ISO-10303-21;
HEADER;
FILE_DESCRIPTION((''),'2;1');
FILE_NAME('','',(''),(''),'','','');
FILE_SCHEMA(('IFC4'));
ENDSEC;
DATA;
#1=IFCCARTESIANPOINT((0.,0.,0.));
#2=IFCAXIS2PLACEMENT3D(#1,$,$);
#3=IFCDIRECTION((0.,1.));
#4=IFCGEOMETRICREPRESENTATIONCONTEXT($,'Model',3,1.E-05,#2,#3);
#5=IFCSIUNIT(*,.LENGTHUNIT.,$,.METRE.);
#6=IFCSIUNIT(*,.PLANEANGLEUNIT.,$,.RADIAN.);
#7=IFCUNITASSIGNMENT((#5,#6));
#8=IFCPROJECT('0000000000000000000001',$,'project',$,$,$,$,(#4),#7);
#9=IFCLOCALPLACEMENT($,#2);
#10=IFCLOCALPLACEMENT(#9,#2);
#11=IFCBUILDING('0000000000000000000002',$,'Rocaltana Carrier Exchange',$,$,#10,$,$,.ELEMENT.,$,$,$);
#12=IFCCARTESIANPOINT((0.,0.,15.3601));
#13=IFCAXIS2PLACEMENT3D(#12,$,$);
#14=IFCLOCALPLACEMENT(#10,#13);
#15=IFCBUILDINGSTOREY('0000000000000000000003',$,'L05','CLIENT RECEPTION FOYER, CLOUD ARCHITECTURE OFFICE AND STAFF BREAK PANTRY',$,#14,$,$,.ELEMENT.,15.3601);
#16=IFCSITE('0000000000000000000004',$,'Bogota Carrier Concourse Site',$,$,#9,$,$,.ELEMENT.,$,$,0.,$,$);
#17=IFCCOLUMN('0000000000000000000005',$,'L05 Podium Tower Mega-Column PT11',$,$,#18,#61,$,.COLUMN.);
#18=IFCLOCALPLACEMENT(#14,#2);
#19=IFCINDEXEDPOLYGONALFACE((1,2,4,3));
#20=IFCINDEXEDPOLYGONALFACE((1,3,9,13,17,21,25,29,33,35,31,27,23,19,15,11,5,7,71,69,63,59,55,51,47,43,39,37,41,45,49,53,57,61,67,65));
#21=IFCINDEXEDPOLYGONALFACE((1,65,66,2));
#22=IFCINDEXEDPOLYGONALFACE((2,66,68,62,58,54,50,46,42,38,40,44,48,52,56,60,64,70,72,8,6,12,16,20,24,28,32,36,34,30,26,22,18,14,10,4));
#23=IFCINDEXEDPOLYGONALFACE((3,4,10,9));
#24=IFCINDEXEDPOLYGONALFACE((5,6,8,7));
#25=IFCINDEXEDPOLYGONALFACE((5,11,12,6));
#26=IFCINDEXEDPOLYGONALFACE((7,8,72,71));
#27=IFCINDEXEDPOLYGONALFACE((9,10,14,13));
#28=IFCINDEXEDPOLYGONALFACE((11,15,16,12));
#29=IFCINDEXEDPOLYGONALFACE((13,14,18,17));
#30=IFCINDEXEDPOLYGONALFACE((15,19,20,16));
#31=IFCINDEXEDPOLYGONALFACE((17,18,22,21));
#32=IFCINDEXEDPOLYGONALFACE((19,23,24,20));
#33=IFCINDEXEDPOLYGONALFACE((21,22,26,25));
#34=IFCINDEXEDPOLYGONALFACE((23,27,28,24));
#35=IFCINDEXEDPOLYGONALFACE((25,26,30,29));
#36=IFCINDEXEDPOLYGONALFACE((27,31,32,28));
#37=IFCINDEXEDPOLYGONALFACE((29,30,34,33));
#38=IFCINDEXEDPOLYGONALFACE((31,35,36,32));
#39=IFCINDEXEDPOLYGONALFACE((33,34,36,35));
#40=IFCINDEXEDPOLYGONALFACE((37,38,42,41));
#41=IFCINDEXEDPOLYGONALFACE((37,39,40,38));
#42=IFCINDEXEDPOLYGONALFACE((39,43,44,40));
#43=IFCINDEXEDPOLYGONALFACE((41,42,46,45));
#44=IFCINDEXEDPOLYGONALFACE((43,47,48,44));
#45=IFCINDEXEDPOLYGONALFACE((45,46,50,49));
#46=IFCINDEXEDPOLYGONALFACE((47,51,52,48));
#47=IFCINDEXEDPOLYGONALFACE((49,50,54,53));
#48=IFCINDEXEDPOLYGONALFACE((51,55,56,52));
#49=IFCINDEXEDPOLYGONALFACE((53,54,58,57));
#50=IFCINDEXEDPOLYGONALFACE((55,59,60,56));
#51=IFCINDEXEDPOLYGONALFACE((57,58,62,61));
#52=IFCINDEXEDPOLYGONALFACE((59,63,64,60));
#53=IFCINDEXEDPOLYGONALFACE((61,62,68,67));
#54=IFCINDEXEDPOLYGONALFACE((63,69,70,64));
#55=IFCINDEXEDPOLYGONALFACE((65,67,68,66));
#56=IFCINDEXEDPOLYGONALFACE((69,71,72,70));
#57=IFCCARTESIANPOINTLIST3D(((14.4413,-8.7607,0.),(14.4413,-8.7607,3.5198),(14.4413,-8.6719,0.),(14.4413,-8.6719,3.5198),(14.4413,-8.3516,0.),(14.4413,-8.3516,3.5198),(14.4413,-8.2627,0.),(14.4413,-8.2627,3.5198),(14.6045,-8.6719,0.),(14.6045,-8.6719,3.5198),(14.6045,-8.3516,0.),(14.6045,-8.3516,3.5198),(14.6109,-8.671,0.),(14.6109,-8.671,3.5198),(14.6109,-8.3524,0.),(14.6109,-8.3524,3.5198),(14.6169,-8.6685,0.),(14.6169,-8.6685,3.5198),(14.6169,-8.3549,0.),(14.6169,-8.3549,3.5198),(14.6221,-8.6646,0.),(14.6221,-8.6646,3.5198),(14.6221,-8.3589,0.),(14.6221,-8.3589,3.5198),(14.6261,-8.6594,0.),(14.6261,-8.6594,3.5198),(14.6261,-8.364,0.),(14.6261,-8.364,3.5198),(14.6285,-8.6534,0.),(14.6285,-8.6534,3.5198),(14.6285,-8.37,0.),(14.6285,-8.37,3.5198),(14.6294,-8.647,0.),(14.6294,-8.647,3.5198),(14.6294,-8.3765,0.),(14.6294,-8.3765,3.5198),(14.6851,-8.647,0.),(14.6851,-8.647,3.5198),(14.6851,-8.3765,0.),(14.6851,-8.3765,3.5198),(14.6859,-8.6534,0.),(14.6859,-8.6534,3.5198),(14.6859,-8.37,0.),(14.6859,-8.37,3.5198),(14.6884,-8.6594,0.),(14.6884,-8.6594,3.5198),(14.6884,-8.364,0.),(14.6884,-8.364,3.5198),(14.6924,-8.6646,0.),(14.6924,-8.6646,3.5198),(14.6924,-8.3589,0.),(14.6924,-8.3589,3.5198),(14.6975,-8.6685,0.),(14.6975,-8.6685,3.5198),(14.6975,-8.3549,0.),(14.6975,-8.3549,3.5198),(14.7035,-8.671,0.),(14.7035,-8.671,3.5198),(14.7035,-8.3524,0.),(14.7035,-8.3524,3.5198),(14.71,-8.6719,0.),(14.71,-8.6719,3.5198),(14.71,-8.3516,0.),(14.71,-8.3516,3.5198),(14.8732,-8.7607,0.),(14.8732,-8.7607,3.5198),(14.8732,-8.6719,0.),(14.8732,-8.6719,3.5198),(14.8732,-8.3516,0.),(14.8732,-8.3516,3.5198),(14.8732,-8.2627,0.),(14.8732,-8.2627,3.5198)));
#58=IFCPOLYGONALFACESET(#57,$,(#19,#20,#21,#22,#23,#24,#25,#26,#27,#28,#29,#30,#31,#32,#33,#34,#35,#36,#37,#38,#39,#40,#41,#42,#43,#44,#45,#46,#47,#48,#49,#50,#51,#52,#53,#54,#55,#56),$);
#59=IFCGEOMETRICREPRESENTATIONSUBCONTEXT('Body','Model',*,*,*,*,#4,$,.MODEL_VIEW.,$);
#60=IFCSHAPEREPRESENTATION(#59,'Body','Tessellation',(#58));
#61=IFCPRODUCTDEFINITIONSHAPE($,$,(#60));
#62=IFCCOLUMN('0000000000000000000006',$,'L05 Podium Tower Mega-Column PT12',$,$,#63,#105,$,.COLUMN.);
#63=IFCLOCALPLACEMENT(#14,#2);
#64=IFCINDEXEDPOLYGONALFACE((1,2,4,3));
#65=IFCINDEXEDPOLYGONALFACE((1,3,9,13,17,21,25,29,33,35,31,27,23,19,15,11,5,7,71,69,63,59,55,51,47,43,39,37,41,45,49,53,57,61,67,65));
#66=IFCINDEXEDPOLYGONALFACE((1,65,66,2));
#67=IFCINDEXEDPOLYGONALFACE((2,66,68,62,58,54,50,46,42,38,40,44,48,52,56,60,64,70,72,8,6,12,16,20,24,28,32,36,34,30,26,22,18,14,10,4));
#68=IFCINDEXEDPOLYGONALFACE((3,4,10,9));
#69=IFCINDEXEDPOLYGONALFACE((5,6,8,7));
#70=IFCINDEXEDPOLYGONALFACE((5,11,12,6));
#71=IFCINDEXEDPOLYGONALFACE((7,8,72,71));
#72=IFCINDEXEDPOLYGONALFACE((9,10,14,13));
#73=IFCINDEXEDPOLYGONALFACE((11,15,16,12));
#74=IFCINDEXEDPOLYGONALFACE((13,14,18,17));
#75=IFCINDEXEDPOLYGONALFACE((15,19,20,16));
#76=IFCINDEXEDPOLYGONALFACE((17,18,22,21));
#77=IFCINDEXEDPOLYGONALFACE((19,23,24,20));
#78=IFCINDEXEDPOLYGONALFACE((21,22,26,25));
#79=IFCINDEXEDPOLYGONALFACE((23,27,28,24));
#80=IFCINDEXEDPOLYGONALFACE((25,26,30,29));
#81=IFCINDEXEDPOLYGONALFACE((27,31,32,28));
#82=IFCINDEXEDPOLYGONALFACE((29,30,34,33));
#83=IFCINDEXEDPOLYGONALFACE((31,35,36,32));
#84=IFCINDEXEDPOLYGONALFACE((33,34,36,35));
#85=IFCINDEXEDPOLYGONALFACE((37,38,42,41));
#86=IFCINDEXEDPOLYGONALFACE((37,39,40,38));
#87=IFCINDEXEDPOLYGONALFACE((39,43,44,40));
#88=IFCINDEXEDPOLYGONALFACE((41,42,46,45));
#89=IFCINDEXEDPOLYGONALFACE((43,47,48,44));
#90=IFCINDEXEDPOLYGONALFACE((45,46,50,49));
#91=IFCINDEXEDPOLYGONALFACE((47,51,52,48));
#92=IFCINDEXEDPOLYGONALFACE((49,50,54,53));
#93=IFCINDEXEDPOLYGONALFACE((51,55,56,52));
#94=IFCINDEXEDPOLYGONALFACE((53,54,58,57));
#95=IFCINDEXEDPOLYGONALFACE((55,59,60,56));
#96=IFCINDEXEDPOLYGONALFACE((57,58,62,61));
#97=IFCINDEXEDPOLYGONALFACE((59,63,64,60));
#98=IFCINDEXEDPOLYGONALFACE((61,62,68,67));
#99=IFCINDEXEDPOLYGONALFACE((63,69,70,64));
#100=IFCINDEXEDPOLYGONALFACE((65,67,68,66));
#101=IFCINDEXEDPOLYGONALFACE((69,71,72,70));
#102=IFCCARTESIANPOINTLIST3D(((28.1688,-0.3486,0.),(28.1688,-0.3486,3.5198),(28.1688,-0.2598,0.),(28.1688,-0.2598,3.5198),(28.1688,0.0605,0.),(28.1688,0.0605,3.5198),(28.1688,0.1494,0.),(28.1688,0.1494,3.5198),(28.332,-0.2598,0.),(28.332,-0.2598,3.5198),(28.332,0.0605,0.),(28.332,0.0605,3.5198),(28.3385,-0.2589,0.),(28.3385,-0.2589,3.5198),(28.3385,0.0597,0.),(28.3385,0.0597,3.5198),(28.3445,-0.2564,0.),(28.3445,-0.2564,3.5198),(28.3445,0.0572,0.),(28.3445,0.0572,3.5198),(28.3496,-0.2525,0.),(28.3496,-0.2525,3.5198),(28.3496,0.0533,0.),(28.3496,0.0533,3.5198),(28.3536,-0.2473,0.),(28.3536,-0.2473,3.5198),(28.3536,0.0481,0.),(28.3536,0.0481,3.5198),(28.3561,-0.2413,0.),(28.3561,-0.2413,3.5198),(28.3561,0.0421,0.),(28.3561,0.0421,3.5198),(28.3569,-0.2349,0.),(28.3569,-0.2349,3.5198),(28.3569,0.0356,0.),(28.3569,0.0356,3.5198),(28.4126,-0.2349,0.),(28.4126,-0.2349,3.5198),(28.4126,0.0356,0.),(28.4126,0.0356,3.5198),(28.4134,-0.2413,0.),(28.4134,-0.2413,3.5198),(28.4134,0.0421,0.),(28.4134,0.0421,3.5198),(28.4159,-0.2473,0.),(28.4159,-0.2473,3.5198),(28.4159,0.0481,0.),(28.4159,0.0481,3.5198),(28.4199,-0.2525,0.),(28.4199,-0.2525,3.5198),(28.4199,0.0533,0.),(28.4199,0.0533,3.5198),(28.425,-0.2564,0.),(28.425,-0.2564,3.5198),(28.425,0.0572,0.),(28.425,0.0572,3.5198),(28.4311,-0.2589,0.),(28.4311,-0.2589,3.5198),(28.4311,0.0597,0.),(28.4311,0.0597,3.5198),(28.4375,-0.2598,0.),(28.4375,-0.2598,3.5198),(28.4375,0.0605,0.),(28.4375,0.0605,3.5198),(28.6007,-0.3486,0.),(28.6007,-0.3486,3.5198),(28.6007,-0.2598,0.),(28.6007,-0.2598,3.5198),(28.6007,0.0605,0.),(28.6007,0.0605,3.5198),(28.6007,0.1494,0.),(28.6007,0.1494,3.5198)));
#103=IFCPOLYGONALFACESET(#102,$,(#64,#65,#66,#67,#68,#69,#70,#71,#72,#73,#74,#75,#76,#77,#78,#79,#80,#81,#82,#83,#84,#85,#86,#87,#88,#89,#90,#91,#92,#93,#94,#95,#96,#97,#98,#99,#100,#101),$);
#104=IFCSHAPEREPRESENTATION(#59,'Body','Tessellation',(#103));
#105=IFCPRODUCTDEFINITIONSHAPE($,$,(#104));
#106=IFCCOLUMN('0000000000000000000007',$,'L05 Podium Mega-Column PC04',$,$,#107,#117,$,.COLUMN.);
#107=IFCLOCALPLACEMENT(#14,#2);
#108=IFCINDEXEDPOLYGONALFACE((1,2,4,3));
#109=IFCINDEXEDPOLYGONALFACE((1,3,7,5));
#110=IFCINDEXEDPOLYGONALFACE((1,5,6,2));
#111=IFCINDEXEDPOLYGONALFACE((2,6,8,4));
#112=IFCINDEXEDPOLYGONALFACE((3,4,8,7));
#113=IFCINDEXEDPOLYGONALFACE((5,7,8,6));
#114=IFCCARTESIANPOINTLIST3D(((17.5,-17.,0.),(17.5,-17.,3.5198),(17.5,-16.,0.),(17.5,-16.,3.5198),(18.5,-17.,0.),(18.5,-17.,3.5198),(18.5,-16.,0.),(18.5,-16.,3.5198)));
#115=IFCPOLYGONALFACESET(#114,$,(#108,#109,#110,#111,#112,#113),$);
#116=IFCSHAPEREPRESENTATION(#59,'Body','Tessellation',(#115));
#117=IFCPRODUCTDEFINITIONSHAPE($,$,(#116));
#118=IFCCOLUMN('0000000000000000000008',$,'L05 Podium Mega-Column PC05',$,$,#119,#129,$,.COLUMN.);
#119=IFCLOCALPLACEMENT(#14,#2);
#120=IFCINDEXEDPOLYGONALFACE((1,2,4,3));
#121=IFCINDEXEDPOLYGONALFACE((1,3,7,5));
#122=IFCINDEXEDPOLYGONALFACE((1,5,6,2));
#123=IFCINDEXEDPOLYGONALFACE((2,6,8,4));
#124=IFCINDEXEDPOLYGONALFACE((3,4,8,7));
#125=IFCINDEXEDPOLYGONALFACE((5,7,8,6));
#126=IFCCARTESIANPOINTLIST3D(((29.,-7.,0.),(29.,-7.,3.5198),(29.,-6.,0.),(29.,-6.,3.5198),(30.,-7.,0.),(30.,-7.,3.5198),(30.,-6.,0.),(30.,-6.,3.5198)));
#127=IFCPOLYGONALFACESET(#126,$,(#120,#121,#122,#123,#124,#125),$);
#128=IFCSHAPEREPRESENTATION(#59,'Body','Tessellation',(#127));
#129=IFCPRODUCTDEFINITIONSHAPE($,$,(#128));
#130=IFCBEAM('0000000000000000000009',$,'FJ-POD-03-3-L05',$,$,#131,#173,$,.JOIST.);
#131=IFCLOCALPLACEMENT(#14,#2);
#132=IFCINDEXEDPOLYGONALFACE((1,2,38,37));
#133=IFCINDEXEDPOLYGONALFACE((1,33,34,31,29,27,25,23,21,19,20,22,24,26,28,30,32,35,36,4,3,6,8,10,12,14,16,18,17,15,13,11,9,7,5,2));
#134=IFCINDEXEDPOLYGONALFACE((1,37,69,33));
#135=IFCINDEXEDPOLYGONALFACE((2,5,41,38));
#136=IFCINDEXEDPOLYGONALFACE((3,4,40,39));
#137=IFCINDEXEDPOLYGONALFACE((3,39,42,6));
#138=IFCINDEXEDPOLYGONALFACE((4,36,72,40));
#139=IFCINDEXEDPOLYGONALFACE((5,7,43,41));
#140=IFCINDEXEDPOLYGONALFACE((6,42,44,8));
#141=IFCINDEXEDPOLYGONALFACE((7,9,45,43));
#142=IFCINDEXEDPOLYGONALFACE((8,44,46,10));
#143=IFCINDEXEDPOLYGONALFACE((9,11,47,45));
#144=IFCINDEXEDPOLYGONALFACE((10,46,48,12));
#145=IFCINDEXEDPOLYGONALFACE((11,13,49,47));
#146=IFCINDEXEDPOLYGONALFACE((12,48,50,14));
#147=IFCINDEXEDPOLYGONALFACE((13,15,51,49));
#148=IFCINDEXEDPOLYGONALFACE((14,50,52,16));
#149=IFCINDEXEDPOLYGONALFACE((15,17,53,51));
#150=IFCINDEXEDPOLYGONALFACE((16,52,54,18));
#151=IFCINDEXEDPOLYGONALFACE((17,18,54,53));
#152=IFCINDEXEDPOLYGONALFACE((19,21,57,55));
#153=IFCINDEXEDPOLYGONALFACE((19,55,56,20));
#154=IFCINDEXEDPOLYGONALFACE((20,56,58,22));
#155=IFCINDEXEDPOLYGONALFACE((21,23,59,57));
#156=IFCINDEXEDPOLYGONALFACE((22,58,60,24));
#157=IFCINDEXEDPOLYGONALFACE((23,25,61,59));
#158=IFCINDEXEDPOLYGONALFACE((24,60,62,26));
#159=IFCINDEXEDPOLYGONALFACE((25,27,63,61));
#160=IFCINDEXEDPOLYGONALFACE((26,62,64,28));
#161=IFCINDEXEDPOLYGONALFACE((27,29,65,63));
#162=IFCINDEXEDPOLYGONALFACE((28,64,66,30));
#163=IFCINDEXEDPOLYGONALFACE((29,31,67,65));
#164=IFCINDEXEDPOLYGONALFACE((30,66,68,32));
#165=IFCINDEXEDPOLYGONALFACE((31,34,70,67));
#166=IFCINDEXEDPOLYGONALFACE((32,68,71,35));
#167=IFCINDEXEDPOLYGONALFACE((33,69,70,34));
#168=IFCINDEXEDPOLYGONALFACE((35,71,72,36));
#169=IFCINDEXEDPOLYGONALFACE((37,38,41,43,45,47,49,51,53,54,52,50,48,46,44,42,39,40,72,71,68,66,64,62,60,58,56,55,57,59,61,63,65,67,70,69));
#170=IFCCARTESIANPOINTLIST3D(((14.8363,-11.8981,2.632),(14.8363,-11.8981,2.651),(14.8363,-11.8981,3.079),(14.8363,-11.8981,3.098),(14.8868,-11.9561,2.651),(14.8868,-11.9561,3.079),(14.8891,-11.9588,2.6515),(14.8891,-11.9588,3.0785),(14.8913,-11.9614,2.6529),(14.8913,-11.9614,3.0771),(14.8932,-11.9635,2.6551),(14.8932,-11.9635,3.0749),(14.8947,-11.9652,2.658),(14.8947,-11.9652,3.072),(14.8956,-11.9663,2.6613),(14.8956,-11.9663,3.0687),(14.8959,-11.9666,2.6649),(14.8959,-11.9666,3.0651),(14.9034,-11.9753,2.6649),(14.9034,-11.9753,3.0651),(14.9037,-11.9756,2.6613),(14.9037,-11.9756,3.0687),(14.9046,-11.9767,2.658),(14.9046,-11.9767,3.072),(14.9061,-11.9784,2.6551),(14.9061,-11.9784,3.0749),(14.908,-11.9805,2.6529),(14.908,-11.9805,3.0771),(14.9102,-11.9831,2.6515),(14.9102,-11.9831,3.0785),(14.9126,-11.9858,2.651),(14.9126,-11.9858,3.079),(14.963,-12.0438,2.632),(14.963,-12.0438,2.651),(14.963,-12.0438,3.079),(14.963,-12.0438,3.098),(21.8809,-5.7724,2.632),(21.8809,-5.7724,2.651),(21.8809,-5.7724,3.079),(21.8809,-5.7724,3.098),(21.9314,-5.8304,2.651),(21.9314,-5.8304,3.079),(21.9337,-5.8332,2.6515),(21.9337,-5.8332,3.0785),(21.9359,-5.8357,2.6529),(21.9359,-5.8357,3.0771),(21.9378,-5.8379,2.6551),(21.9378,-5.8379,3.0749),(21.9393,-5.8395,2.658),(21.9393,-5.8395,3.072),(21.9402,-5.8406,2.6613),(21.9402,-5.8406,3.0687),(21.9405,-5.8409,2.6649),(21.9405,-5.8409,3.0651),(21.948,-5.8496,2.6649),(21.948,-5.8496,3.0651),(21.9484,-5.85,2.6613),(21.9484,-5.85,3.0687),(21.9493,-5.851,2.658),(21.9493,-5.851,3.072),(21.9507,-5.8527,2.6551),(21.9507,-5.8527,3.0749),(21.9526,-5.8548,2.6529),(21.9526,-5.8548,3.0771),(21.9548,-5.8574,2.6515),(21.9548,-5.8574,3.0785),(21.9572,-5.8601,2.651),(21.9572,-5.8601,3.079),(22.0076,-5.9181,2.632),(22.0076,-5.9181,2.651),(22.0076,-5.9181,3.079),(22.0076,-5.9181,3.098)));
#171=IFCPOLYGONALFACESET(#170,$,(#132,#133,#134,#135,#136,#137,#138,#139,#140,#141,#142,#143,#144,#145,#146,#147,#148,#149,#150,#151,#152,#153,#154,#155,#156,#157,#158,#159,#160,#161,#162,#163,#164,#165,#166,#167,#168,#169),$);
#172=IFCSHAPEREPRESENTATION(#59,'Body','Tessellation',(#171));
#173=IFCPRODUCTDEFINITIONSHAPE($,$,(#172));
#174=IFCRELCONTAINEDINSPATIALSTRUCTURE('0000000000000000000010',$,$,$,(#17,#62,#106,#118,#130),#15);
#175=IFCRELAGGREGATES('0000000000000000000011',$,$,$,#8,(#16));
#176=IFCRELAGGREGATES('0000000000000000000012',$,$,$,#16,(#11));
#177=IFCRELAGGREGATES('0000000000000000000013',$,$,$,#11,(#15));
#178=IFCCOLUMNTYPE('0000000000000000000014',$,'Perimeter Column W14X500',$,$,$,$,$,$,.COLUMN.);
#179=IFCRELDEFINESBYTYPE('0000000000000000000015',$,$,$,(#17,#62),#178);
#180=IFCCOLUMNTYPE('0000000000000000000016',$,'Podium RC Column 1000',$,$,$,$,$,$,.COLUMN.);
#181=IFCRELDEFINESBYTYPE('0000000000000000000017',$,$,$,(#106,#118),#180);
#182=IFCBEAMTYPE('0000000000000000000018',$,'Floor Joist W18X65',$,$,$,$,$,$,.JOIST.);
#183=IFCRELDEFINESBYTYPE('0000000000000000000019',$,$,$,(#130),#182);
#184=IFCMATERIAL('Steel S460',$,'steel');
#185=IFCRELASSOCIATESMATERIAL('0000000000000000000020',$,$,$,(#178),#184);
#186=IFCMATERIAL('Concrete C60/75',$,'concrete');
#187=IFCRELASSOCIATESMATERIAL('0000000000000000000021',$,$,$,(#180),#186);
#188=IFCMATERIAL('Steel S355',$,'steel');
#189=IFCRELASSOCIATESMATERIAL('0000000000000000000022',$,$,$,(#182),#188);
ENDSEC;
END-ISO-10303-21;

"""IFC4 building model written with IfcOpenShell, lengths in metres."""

from ifc_helpers import new_model, si_unit, direction, frame, origin, origin_2d, place, context, subcontext, project, spatial, rectangle, i_section, extrude, material, material_profile, profile_set, type_object, element, save


model = new_model("IFC4")

# Units and contexts
model_context = context("Model", 3, precision=1e-05, world=origin(), true_north=direction((0.0, 1.0)))
body_context = subcontext(model_context, "Body", "Model", "MODEL_VIEW")
ifc_project = project(units=[si_unit("LENGTHUNIT", "METRE"), si_unit("PLANEANGLEUNIT", "RADIAN")], contexts=[model_context])

# Site, building, storey
site_placement = place(None, origin())
site = spatial("IfcSite", under=ifc_project, at=site_placement, Name="Bogota Carrier Concourse Site", CompositionType="ELEMENT", RefElevation=0.0)
building_placement = place(site_placement, origin())
building = spatial("IfcBuilding", under=site, at=building_placement, Name="Rocaltana Carrier Exchange", CompositionType="ELEMENT")
storey_placement = place(building_placement, frame((0.0, 0.0, 15.3601)))
storey = spatial("IfcBuildingStorey", under=building, at=storey_placement, Name="L05", Description="CLIENT RECEPTION FOYER, CLOUD ARCHITECTURE OFFICE AND STAFF BREAK PANTRY", CompositionType="ELEMENT", Elevation=15.3601)

# Columns
ifc_material_1 = material(Name="Steel S460", Category="steel")
ifc_material_profile_1 = material_profile(ifc_material_1, i_section(OverallWidth=0.4319, OverallDepth=0.498, WebThickness=0.0557, FlangeThickness=0.0889, FilletRadius=0.0249, at=origin_2d()), Name="W14X500")
ifc_profile_set_1 = profile_set([ifc_material_profile_1], Name="Steel S460")
column_type_1 = type_object("IfcColumnType", Name="Perimeter Column W14X500", PredefinedType="COLUMN", material=ifc_profile_set_1)
for number, where, z_axis, x_axis, name in (
    (1, (14.6572, -8.5117, 0.0), (0.0, 0.0, 1.0), (1.0, 0.0, 0.0), "L05 Podium Tower Mega-Column PT11"),
    (2, (28.3848, -0.0996, 0.0), (0.0, 0.0, 1.0), (1.0, 0.0, 0.0), "L05 Podium Tower Mega-Column PT12"),
):
    element("IfcColumn", number, at=place(storey_placement, frame(where, z_axis=z_axis, x_axis=x_axis)), inside=storey, type_object=column_type_1, Name=name, PredefinedType="COLUMN", context=body_context, shape_type="SweptSolid", body=[
        extrude(i_section(OverallWidth=0.4319, OverallDepth=0.498, WebThickness=0.0557, FlangeThickness=0.0889, FilletRadius=0.0249, at=origin_2d()), origin(), (0.0, 0.0, 1.0), 3.5198),
    ])
ifc_material_2 = material(Name="Concrete C60/75", Category="concrete")
ifc_material_profile_2 = material_profile(ifc_material_2, rectangle(XDim=1.0, YDim=1.0, at=origin_2d()), Name="RC-COL-1000X1000")
ifc_profile_set_2 = profile_set([ifc_material_profile_2], Name="Concrete C60/75")
column_type_2 = type_object("IfcColumnType", Name="Podium RC Column 1000", PredefinedType="COLUMN", material=ifc_profile_set_2)
for number, where, z_axis, x_axis, name in (
    (3, (18.0, -16.5, 0.0), (0.0, 0.0, 1.0), (1.0, 0.0, 0.0), "L05 Podium Mega-Column PC04"),
    (4, (29.5, -6.5, 0.0), (0.0, 0.0, 1.0), (1.0, 0.0, 0.0), "L05 Podium Mega-Column PC05"),
):
    element("IfcColumn", number, at=place(storey_placement, frame(where, z_axis=z_axis, x_axis=x_axis)), inside=storey, type_object=column_type_2, Name=name, PredefinedType="COLUMN", context=body_context, shape_type="SweptSolid", body=[
        extrude(rectangle(XDim=1.0, YDim=1.0, at=origin_2d()), origin(), (0.0, 0.0, 1.0), 3.5198),
    ])

# Beam
ifc_material_3 = material(Name="Steel S355", Category="steel")
ifc_material_profile_3 = material_profile(ifc_material_3, i_section(OverallWidth=0.1931, OverallDepth=0.4661, WebThickness=0.0115, FlangeThickness=0.019, FilletRadius=0.0139, at=origin_2d()), Name="W18X65")
ifc_profile_set_3 = profile_set([ifc_material_profile_3], Name="Steel S355")
beam_type_1 = type_object("IfcBeamType", Name="Floor Joist W18X65", PredefinedType="JOIST", material=ifc_profile_set_3)
beam_1_placement = place(storey_placement, frame((14.8997, -11.9709, 2.865), z_axis=(0.754609, 0.656174, 0.0), x_axis=(-0.656174, 0.754609, 0.0)))
element("IfcBeam", 5, at=beam_1_placement, inside=storey, type_object=beam_type_1, Name="FJ-POD-03-3-L05", PredefinedType="JOIST", context=body_context, shape_type="SweptSolid", body=[
    extrude(i_section(OverallWidth=0.1931, OverallDepth=0.4661, WebThickness=0.0115, FlangeThickness=0.019, FilletRadius=0.0139, at=origin_2d()), origin(), (0.0, 0.0, 1.0), 9.3354),
])

save(model, "model.ifc")
